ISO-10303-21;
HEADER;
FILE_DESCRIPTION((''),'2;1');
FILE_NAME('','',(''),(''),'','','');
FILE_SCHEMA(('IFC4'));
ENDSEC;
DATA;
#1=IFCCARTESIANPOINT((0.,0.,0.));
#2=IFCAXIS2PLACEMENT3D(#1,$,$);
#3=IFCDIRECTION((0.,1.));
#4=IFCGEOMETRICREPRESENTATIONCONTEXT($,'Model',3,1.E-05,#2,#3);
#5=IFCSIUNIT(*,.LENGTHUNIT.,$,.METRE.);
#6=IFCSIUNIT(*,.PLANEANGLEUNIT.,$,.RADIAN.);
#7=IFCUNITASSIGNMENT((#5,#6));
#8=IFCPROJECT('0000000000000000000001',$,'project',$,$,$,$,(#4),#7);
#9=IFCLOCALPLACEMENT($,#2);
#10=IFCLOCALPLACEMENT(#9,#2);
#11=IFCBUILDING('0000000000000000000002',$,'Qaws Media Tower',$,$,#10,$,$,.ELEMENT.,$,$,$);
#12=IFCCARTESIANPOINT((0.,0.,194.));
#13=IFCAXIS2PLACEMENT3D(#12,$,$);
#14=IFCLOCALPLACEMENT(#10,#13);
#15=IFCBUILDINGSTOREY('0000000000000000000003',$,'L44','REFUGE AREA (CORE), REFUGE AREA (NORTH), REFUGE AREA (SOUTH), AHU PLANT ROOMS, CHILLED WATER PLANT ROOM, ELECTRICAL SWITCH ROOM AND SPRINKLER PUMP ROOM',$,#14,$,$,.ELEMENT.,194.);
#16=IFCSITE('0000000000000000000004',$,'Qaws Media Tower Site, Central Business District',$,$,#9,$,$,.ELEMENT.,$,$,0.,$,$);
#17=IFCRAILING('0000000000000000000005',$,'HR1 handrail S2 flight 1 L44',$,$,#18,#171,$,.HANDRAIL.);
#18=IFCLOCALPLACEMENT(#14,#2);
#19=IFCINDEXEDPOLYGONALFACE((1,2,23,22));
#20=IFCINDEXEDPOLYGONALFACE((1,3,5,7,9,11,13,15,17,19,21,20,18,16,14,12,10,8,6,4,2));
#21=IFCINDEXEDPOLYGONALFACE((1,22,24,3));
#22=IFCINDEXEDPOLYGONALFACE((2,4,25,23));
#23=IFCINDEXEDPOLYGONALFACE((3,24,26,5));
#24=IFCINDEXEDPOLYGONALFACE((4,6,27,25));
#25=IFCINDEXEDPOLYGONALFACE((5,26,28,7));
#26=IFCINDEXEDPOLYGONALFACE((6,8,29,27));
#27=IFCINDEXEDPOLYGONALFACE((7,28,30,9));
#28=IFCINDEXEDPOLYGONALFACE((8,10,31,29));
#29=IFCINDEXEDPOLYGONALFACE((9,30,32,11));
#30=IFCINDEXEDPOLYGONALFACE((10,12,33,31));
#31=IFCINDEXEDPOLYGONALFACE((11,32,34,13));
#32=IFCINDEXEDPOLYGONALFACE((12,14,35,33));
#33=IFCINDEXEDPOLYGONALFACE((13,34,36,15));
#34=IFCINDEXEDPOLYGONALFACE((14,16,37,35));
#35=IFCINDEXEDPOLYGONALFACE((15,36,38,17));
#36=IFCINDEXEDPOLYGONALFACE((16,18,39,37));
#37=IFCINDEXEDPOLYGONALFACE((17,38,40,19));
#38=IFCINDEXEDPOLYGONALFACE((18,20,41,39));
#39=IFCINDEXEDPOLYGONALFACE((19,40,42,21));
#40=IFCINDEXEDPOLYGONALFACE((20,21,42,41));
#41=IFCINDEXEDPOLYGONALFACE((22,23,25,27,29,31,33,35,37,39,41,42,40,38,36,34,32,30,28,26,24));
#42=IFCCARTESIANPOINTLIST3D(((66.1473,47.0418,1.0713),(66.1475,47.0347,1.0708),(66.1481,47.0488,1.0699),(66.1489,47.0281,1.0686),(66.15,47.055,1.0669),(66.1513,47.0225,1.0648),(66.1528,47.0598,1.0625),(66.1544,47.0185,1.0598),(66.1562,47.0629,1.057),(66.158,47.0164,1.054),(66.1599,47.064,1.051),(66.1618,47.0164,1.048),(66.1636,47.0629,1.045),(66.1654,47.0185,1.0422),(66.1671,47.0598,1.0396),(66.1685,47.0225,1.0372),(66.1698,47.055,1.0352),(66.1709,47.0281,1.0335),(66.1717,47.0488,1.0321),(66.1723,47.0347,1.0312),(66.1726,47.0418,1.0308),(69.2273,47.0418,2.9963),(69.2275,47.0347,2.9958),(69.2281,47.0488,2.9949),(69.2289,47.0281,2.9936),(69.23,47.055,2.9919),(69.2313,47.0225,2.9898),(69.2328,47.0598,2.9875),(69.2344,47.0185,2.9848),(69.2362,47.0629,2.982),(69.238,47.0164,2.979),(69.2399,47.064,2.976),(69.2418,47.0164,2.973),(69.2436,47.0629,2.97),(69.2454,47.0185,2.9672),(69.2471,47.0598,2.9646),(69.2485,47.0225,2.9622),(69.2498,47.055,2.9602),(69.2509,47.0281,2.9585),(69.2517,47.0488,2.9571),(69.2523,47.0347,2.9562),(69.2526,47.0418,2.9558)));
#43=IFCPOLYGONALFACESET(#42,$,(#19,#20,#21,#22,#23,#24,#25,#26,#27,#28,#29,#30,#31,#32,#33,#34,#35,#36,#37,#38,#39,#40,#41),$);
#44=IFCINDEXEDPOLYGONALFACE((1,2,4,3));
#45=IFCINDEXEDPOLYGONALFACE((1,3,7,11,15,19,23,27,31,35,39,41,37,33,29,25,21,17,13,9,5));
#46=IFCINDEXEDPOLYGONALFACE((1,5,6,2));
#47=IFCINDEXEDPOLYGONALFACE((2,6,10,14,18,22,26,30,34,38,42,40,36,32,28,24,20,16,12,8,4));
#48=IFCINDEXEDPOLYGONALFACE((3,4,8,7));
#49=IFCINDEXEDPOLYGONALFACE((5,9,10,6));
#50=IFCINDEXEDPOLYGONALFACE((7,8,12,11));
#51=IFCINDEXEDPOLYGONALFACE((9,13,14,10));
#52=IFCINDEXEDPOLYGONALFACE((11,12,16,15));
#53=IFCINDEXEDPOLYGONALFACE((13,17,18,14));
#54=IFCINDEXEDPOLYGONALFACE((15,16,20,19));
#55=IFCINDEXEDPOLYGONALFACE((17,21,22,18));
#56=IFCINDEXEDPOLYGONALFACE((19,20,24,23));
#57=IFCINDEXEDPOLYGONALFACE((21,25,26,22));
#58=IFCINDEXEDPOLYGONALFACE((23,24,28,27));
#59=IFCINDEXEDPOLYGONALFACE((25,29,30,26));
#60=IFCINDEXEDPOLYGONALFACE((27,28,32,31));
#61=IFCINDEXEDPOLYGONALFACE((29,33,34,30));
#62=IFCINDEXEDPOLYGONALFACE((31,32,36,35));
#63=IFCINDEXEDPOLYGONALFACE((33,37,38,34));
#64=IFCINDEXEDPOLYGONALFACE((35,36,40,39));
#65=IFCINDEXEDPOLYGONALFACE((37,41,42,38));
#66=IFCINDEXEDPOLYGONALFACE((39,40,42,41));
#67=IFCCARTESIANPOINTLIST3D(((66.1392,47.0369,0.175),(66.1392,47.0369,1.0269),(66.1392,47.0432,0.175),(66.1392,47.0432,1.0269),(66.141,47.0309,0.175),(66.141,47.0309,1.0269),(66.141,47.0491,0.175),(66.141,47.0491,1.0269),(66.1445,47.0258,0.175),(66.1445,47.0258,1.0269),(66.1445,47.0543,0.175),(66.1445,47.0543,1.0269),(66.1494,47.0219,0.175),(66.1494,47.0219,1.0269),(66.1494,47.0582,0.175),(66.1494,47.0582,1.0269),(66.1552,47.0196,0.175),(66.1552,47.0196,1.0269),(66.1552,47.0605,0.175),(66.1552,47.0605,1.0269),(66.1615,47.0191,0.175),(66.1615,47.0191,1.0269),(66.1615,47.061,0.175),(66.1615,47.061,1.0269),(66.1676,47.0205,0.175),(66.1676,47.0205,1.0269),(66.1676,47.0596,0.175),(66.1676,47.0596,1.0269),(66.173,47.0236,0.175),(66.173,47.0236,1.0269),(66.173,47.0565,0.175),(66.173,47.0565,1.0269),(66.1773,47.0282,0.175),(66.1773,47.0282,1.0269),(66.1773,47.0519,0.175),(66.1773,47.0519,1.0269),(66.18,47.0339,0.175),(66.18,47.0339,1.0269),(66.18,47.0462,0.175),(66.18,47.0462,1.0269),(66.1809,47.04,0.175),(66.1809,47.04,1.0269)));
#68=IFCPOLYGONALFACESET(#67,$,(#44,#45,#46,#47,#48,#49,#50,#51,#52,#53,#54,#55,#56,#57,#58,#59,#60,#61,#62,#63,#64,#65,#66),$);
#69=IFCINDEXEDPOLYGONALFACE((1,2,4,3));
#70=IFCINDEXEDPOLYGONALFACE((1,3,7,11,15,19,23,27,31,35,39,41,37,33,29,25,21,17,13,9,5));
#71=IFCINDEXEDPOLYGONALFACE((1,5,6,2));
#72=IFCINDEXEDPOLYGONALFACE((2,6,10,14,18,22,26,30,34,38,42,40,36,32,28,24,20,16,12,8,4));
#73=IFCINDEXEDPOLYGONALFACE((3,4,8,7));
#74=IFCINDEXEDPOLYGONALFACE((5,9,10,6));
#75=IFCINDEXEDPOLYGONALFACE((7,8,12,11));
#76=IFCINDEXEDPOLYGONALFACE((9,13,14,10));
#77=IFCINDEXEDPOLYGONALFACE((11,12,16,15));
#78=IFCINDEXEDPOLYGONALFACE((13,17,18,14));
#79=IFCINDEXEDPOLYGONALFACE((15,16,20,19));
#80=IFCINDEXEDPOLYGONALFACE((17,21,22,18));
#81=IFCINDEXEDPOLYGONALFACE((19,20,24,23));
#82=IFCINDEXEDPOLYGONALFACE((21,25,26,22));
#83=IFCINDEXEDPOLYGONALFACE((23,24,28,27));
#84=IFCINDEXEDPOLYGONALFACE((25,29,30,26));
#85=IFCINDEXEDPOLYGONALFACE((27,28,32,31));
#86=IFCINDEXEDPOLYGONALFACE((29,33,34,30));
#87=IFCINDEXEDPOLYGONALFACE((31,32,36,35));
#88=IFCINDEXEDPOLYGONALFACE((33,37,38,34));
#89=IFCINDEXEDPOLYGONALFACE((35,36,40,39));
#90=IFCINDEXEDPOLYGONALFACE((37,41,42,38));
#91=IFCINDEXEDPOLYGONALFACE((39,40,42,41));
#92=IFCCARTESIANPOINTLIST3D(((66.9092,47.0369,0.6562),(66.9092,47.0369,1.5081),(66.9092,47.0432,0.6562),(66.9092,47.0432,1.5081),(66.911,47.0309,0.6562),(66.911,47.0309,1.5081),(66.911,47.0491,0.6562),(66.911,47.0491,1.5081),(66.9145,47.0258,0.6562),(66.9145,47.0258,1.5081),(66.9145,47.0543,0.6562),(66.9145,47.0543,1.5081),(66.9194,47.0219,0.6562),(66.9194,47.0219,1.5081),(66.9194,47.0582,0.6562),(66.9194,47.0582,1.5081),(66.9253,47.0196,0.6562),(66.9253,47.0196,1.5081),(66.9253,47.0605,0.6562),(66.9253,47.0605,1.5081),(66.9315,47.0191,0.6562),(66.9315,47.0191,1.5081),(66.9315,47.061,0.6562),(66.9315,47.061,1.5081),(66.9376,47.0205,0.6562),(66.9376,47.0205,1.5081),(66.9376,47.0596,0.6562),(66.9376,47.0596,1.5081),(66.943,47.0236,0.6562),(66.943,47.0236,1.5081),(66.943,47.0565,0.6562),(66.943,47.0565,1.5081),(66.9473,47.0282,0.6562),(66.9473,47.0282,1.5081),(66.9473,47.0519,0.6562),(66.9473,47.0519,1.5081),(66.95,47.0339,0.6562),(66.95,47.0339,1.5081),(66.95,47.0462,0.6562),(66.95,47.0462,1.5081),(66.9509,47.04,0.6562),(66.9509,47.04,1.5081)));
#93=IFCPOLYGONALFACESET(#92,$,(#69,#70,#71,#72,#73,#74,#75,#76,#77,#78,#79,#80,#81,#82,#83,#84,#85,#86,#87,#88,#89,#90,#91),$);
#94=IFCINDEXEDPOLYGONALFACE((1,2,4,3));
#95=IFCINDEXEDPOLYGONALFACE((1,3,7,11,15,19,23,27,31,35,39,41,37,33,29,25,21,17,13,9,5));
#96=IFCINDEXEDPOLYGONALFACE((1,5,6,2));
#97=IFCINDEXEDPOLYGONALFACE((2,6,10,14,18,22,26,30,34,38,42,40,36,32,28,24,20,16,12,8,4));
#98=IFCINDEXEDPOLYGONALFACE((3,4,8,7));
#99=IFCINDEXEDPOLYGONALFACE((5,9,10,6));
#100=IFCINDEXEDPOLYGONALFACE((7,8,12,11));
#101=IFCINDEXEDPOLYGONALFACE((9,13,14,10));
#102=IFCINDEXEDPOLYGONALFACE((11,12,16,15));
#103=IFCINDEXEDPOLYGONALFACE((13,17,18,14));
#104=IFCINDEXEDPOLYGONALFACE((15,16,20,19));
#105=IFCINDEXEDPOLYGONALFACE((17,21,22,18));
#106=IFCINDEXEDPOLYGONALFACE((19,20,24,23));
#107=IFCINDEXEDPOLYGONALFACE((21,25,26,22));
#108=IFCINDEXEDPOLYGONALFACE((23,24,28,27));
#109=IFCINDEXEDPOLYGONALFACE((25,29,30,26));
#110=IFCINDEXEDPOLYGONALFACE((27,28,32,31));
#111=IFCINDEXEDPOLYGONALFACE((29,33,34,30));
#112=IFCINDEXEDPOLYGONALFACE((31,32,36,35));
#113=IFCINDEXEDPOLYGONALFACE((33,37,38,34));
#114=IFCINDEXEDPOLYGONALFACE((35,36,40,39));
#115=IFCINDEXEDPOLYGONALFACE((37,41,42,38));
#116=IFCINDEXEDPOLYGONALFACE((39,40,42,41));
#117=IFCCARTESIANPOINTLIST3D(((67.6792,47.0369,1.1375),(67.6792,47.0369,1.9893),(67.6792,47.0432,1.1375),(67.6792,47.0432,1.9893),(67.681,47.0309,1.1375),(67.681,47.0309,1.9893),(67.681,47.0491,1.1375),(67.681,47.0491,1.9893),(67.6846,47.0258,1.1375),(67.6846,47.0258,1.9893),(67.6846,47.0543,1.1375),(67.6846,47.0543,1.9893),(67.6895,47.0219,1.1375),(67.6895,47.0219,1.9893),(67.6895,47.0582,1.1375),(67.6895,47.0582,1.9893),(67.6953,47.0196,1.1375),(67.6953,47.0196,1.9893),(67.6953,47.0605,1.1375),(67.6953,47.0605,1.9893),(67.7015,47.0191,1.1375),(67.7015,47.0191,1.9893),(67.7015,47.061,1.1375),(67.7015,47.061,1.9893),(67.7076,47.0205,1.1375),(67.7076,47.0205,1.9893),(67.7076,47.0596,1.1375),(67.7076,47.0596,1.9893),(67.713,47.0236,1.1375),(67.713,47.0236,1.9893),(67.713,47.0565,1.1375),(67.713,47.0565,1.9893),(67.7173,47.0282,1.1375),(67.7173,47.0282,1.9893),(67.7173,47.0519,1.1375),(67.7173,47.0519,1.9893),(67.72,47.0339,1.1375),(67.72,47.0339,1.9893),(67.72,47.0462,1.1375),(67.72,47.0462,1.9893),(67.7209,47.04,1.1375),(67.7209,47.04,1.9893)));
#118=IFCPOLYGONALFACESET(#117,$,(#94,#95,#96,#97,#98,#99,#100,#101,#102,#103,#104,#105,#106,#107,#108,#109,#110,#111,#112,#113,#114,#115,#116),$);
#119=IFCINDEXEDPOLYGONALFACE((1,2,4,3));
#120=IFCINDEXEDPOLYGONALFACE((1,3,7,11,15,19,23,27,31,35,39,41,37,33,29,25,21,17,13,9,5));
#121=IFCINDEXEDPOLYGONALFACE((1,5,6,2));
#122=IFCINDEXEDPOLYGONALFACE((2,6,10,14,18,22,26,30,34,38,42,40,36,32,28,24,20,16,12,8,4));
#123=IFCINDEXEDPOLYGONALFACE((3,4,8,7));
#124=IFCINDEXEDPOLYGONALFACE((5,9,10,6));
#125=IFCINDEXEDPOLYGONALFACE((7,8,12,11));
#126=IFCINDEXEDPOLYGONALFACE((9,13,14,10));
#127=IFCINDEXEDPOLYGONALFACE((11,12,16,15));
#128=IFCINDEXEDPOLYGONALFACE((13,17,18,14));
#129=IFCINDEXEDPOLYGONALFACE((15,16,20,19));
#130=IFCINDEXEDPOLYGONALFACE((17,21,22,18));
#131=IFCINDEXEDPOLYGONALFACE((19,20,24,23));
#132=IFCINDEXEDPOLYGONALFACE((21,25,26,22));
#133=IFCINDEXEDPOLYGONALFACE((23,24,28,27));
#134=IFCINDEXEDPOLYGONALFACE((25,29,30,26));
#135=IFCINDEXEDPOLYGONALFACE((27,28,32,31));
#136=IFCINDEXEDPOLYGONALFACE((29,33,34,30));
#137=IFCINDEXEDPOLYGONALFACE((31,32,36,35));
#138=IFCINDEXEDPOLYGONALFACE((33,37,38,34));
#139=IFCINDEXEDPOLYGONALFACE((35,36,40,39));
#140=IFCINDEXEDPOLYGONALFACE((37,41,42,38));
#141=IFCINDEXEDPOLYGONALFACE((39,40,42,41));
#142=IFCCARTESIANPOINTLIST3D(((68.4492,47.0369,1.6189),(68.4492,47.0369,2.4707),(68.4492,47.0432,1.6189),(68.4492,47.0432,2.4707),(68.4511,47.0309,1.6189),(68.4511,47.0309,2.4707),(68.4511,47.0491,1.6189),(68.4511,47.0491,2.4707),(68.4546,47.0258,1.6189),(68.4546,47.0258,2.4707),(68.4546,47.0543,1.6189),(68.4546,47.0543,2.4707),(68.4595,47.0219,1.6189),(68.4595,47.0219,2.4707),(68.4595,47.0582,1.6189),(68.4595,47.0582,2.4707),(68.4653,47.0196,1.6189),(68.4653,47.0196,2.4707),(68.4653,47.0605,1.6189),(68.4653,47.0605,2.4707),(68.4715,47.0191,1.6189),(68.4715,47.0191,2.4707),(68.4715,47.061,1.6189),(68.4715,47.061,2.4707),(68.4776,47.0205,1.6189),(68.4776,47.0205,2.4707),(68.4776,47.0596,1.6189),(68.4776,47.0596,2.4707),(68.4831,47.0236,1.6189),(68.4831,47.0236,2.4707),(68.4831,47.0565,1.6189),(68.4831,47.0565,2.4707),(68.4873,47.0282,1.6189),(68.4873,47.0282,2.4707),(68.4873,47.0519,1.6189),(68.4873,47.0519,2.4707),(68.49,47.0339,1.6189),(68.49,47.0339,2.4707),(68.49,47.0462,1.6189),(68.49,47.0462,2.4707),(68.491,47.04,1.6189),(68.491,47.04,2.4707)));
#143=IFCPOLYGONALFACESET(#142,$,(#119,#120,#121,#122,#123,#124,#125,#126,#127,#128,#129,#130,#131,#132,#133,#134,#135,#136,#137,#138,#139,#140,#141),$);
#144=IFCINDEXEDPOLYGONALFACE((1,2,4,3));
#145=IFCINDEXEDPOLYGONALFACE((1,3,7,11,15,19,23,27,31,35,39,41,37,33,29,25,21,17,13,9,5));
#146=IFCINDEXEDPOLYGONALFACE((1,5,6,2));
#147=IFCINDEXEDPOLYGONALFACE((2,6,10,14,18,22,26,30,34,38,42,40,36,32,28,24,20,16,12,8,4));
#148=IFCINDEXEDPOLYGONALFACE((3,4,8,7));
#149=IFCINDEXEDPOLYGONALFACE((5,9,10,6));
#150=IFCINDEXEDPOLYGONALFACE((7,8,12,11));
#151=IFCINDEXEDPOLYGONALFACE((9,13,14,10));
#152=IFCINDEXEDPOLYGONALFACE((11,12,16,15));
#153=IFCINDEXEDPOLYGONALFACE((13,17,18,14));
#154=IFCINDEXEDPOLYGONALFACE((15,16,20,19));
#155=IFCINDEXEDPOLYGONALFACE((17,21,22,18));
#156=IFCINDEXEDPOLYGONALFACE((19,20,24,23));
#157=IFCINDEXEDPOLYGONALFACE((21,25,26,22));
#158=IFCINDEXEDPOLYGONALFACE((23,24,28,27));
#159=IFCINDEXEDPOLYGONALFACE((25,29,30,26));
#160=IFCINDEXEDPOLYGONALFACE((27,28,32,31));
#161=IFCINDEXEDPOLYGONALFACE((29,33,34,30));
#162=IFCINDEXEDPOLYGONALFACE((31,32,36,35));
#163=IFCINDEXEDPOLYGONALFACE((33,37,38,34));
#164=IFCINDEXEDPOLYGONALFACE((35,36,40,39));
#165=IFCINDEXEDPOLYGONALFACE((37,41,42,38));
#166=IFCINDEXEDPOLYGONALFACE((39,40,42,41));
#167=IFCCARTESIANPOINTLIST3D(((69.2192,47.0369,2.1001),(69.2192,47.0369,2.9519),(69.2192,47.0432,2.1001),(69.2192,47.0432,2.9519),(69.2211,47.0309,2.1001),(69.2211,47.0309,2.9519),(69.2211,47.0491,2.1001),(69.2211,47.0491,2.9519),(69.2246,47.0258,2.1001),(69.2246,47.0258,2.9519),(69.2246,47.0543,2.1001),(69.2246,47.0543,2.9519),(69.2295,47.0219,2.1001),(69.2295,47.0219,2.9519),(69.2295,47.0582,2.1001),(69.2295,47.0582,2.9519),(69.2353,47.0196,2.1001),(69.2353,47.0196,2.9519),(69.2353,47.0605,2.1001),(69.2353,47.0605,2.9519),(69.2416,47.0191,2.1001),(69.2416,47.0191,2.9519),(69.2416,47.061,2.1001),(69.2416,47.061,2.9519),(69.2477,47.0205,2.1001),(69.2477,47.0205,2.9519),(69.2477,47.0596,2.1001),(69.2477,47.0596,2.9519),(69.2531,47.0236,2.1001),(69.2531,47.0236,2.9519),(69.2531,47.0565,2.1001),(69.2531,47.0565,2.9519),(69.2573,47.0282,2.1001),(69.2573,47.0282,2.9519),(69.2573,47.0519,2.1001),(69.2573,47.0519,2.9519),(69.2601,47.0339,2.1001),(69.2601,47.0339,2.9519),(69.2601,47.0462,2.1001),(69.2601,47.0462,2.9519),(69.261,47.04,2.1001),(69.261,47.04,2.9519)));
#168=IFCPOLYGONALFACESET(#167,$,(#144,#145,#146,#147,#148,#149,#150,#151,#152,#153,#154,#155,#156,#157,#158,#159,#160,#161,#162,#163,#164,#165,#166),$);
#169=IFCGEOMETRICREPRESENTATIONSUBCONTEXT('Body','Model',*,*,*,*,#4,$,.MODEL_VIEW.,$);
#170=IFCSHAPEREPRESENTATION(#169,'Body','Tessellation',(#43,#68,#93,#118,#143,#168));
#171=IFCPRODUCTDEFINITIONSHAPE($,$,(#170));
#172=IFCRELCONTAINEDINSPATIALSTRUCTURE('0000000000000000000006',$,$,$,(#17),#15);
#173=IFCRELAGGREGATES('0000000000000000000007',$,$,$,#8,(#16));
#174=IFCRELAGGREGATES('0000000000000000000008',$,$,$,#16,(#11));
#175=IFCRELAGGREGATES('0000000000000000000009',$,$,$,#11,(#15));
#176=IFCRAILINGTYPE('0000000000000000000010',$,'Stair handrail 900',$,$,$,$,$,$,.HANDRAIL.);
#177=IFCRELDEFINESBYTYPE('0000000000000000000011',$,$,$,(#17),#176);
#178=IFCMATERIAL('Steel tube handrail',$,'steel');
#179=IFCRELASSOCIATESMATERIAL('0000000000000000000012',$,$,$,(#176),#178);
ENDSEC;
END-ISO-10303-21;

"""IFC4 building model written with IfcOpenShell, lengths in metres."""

from ifc_helpers import new_model, si_unit, direction, frame, origin, origin_2d, place, context, subcontext, project, spatial, circle, extrude, material, type_object, element, save


model = new_model("IFC4")

# Units and contexts
model_context = context("Model", 3, precision=1e-05, world=origin(), true_north=direction((0.0, 1.0)))
body_context = subcontext(model_context, "Body", "Model", "MODEL_VIEW")
ifc_project = project(units=[si_unit("LENGTHUNIT", "METRE"), si_unit("PLANEANGLEUNIT", "RADIAN")], contexts=[model_context])

# Site, building, storey
site_placement = place(None, origin())
site = spatial("IfcSite", under=ifc_project, at=site_placement, Name="Qaws Media Tower Site, Central Business District", CompositionType="ELEMENT", RefElevation=0.0)
building_placement = place(site_placement, origin())
building = spatial("IfcBuilding", under=site, at=building_placement, Name="Qaws Media Tower", CompositionType="ELEMENT")
storey_placement = place(building_placement, frame((0.0, 0.0, 194.0)))
storey = spatial("IfcBuildingStorey", under=building, at=storey_placement, Name="L44", Description="REFUGE AREA (CORE), REFUGE AREA (NORTH), REFUGE AREA (SOUTH), AHU PLANT ROOMS, CHILLED WATER PLANT ROOM, ELECTRICAL SWITCH ROOM AND SPRINKLER PUMP ROOM", CompositionType="ELEMENT", Elevation=194.0)

# Railing
ifc_material_1 = material(Name="Steel tube handrail", Category="steel")
railing_type = type_object("IfcRailingType", Name="Stair handrail 900", PredefinedType="HANDRAIL", material=ifc_material_1)
for number, where, name in (
    (1, (66.1599, 47.04, 0.175), "HR1 handrail S2 flight 1 L44"),
):
    element("IfcRailing", number, at=place(storey_placement, frame(where)), inside=storey, type_object=railing_type, Name=name, PredefinedType="HANDRAIL", context=body_context, shape_type="SweptSolid", body=[
        extrude(circle(Radius=0.0239, at=origin_2d()), frame((0.0, 0.0, 0.876), z_axis=(0.847998, 0.0, 0.529999), x_axis=(0.0, 1.0, 0.0)), (0.0, 0.0, 1.0), 3.6321),
        extrude(circle(Radius=0.021, at=origin_2d()), origin(), (0.0, 0.0, 1.0), 0.8518),
        extrude(circle(Radius=0.021, at=origin_2d()), frame((0.77, 0.0, 0.4812)), (0.0, 0.0, 1.0), 0.8518),
        extrude(circle(Radius=0.021, at=origin_2d()), frame((1.54, 0.0, 0.9624)), (0.0, 0.0, 1.0), 0.8518),
        extrude(circle(Radius=0.021, at=origin_2d()), frame((2.3101, 0.0, 1.4438)), (0.0, 0.0, 1.0), 0.8518),
        extrude(circle(Radius=0.021, at=origin_2d()), frame((3.0801, 0.0, 1.925)), (0.0, 0.0, 1.0), 0.8518),
    ])

save(model, "model.ifc")
